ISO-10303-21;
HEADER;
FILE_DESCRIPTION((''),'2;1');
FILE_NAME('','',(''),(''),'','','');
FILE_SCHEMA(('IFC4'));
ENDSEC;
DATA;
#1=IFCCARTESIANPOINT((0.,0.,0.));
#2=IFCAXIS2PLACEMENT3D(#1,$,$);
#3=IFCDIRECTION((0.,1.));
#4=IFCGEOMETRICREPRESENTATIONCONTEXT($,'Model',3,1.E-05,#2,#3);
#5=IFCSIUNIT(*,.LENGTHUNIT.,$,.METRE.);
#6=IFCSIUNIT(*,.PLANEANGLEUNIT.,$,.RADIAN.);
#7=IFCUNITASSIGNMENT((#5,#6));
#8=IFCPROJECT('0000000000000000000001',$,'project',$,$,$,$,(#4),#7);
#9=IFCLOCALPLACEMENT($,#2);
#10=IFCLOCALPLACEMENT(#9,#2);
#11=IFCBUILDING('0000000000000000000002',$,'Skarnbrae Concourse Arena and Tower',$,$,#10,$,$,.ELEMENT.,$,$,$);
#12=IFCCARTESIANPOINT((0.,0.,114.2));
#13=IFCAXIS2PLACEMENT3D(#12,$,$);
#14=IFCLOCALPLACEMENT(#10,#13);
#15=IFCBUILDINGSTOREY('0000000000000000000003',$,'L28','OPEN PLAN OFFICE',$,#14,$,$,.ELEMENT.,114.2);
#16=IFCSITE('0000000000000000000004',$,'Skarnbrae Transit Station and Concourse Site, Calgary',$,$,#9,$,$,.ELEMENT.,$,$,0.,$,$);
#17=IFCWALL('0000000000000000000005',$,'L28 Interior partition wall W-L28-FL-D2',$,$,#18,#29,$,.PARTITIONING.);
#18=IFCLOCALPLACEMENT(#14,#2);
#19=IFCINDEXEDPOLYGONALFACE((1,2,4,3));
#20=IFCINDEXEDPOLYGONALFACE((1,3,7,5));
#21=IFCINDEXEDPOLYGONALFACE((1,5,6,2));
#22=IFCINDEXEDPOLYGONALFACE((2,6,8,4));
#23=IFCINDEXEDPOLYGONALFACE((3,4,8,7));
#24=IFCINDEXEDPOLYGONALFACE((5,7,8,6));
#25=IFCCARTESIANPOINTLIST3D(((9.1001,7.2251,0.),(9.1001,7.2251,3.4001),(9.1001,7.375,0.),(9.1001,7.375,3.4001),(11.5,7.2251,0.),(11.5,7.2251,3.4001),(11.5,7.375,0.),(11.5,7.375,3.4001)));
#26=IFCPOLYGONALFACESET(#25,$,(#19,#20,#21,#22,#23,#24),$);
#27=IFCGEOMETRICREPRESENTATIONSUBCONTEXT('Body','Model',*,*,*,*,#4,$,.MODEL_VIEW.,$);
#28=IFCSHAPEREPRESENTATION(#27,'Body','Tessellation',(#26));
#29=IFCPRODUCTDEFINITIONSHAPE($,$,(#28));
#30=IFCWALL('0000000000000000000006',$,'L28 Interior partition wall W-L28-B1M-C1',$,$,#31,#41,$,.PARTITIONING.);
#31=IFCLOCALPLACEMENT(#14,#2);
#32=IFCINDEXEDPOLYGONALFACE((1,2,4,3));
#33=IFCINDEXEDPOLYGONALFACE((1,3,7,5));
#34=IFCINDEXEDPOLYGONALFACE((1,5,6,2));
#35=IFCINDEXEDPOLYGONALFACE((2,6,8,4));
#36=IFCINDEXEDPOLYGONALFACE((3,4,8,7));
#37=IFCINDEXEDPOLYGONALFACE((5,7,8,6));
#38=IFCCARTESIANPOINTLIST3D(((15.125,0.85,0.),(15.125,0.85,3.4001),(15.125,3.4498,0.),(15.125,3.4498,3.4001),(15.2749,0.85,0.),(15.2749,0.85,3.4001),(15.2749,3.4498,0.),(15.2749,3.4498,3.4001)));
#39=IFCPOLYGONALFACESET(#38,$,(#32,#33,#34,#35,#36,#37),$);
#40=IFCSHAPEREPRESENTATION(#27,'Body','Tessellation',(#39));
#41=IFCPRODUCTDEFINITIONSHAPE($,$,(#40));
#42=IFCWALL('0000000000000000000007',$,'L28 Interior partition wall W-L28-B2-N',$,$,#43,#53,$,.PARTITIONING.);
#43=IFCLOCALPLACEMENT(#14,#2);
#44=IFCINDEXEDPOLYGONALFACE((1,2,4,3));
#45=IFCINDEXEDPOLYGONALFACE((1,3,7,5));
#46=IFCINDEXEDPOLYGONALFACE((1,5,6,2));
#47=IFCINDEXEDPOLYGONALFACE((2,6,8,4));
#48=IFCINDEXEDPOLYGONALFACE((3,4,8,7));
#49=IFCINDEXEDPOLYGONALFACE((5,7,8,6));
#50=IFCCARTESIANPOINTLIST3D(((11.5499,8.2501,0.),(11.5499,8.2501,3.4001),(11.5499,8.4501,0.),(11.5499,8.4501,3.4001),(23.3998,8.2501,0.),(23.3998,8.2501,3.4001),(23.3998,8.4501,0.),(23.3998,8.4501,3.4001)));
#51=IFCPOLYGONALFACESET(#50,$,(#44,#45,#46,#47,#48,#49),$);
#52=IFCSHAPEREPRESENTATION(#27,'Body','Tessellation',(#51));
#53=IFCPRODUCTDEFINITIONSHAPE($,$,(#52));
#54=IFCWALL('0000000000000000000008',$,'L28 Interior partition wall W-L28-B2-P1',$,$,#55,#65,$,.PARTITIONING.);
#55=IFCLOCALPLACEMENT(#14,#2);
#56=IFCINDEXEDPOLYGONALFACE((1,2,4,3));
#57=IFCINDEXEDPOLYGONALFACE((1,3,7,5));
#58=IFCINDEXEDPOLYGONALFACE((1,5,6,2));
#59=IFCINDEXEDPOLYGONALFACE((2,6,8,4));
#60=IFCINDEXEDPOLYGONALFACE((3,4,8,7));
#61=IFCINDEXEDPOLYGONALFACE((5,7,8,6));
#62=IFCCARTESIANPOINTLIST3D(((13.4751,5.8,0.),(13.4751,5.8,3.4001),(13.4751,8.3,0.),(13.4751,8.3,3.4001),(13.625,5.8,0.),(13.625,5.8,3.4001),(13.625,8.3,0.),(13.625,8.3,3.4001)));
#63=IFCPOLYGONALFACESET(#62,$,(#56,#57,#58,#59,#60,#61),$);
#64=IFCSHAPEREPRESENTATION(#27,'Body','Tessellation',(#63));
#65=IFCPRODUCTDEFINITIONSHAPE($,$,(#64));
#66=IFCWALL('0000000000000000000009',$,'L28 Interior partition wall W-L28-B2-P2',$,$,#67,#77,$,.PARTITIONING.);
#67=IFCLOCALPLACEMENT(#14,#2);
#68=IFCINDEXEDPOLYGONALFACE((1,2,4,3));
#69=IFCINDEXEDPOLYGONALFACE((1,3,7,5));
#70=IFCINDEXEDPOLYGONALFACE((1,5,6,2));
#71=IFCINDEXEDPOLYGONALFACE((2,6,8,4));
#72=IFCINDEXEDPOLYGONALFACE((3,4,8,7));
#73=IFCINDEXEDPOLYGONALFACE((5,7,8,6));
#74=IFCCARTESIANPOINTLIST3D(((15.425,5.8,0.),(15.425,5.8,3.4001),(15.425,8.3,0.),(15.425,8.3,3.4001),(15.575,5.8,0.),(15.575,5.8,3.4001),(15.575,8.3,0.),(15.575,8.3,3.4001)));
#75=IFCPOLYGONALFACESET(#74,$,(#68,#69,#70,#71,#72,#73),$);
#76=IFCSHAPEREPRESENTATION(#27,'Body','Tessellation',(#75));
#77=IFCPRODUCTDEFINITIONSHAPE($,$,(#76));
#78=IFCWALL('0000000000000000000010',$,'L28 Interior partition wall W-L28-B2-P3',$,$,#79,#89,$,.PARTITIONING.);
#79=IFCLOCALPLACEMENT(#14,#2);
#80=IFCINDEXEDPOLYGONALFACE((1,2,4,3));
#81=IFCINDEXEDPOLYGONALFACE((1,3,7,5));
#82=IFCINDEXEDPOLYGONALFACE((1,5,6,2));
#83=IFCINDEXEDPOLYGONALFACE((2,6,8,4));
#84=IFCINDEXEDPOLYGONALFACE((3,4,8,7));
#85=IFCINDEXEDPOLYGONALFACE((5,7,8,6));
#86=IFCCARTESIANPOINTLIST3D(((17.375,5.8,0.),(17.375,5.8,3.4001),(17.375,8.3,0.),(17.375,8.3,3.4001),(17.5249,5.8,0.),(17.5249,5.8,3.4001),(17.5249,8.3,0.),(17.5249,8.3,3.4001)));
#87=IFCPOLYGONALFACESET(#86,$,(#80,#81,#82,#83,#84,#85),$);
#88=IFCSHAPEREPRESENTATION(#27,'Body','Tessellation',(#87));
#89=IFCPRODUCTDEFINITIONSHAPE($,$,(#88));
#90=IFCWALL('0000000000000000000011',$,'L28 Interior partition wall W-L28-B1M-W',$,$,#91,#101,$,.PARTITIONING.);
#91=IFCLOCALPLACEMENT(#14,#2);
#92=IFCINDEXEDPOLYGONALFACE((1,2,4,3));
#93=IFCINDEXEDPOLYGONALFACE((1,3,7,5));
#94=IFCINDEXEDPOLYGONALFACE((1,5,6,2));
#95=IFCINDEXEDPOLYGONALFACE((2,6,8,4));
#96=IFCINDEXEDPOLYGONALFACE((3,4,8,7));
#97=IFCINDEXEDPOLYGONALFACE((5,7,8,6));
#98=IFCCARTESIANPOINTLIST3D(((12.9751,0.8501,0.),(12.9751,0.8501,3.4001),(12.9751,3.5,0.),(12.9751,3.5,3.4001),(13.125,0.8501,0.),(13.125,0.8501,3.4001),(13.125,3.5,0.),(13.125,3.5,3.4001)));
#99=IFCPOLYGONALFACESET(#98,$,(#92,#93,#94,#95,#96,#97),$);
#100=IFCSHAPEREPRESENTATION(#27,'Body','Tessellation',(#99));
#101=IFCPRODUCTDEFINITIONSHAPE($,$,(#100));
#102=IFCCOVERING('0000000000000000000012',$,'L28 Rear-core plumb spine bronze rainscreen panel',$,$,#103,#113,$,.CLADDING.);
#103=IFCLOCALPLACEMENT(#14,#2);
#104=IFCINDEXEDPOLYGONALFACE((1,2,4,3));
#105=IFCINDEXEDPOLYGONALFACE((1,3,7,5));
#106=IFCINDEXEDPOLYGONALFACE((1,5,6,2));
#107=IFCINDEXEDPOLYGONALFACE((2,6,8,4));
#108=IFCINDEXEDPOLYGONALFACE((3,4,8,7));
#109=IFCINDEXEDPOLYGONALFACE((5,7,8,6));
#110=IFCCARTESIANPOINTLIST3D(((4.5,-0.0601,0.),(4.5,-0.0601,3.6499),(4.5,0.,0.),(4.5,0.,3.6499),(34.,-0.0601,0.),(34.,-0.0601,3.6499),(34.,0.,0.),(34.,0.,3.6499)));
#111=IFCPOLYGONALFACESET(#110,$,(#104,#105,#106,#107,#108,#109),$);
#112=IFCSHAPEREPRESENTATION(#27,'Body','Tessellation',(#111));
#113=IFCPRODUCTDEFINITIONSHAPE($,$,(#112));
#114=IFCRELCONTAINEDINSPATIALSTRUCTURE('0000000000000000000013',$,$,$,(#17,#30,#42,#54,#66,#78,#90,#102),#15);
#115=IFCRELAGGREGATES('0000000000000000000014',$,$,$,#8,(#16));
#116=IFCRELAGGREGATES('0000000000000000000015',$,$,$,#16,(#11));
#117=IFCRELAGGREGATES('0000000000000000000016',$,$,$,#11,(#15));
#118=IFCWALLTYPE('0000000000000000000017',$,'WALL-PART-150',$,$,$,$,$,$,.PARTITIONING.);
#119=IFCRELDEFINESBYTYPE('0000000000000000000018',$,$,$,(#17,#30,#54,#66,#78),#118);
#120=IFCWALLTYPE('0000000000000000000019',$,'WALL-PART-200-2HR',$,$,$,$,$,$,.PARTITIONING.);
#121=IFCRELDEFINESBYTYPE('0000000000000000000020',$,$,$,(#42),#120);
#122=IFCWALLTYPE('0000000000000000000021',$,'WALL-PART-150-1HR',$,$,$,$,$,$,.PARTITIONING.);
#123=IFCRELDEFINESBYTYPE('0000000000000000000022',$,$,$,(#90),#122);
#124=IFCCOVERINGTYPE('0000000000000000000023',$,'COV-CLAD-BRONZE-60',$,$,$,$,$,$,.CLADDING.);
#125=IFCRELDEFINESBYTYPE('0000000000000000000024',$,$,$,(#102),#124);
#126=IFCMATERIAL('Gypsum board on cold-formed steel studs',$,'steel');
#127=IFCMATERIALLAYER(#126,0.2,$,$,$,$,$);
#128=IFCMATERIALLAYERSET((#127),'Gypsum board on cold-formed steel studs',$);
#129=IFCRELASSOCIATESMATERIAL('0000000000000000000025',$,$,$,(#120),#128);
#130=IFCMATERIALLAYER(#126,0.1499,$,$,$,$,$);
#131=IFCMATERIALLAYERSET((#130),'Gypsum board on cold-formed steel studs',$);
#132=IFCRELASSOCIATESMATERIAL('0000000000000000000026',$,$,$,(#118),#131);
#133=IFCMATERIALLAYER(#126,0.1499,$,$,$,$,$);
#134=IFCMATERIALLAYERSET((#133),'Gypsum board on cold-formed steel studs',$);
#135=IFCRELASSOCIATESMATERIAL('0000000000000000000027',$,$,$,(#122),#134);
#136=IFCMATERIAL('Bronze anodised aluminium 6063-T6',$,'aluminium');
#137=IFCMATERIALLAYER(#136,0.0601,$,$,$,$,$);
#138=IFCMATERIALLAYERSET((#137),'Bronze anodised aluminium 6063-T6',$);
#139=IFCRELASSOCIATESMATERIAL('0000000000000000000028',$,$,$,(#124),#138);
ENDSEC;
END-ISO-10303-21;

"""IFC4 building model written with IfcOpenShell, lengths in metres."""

from ifc_helpers import new_model, si_unit, direction, frame, frame_2d, origin, origin_2d, place, context, subcontext, project, spatial, rectangle, extrude, source, transform, mapped, material, layer, layer_set, type_object, element, save


model = new_model("IFC4")

# Units and contexts
model_context = context("Model", 3, precision=1e-05, world=origin(), true_north=direction((0.0, 1.0)))
body_context = subcontext(model_context, "Body", "Model", "MODEL_VIEW")
ifc_project = project(units=[si_unit("LENGTHUNIT", "METRE"), si_unit("PLANEANGLEUNIT", "RADIAN")], contexts=[model_context])

# Site, building, storey
site_placement = place(None, origin())
site = spatial("IfcSite", under=ifc_project, at=site_placement, Name="Skarnbrae Transit Station and Concourse Site, Calgary", CompositionType="ELEMENT", RefElevation=0.0)
building_placement = place(site_placement, origin())
building = spatial("IfcBuilding", under=site, at=building_placement, Name="Skarnbrae Concourse Arena and Tower", CompositionType="ELEMENT")
storey_placement = place(building_placement, frame((0.0, 0.0, 114.2)))
storey = spatial("IfcBuildingStorey", under=building, at=storey_placement, Name="L28", Description="OPEN PLAN OFFICE", CompositionType="ELEMENT", Elevation=114.2)

# Shared definitions
ifc_material_1 = material(Name="Gypsum board on cold-formed steel studs", Category="steel")
ifc_layer_1 = layer(ifc_material_1, 0.2)
ifc_layer_set_1 = layer_set([ifc_layer_1], Name="Gypsum board on cold-formed steel studs")
wall_type_1 = type_object("IfcWallType", Name="WALL-PART-200-2HR", PredefinedType="PARTITIONING", material=ifc_layer_set_1)

# Walls
ifc_layer_2 = layer(ifc_material_1, 0.1499)
ifc_layer_set_2 = layer_set([ifc_layer_2], Name="Gypsum board on cold-formed steel studs")
wall_type_2 = type_object("IfcWallType", Name="WALL-PART-150", PredefinedType="PARTITIONING", material=ifc_layer_set_2)
shared_shape_1 = source(origin(), body_context, "Body", "SweptSolid", [
    extrude(rectangle(XDim=2.3999, YDim=0.1499, at=frame_2d((1.2, 0.0))), origin(), (0.0, 0.0, 1.0), 3.4001),
])
wall_1_placement = place(storey_placement, frame((9.1001, 7.3, 0.0), z_axis=(0.0, 0.0, 1.0), x_axis=(1.0, 0.0, 0.0)))
element("IfcWall", 1, at=wall_1_placement, inside=storey, type_object=wall_type_2, Name="L28 Interior partition wall W-L28-FL-D2", PredefinedType="PARTITIONING", context=body_context, shape_type="MappedRepresentation", body=[
    mapped(shared_shape_1, transform((0.0, 0.0, 0.0))),
])
shared_shape_2 = source(origin(), body_context, "Body", "SweptSolid", [
    extrude(rectangle(XDim=2.5999, YDim=0.1499, at=frame_2d((1.2998, 0.0))), origin(), (0.0, 0.0, 1.0), 3.4001),
])
wall_2_placement = place(storey_placement, frame((15.2, 0.8501, 0.0), z_axis=(0.0, 0.0, 1.0), x_axis=(0.0, 1.0, 0.0)))
element("IfcWall", 2, at=wall_2_placement, inside=storey, type_object=wall_type_2, Name="L28 Interior partition wall W-L28-B1M-C1", PredefinedType="PARTITIONING", context=body_context, shape_type="MappedRepresentation", body=[
    mapped(shared_shape_2, transform((0.0, 0.0, 0.0))),
])

# Shared definitions
shared_shape_3 = source(origin(), body_context, "Body", "SweptSolid", [
    extrude(rectangle(XDim=11.8499, YDim=0.2, at=frame_2d((5.9248, 0.0))), origin(), (0.0, 0.0, 1.0), 3.4001),
])
ifc_material_2 = material(Name="Bronze anodised aluminium 6063-T6", Category="aluminium")

# Walls
wall_3_placement = place(storey_placement, frame((11.55, 8.3501, 0.0), z_axis=(0.0, 0.0, 1.0), x_axis=(1.0, 0.0, 0.0)))
element("IfcWall", 3, at=wall_3_placement, inside=storey, type_object=wall_type_1, Name="L28 Interior partition wall W-L28-B2-N", PredefinedType="PARTITIONING", context=body_context, shape_type="MappedRepresentation", body=[
    mapped(shared_shape_3, transform((0.0, 0.0, 0.0))),
])
shared_shape_4 = source(origin(), body_context, "Body", "SweptSolid", [
    extrude(rectangle(XDim=2.5, YDim=0.1499, at=frame_2d((1.25, 0.0))), origin(), (0.0, 0.0, 1.0), 3.4001),
])
for number, where, z_axis, x_axis, name in (
    (4, (13.55, 5.8, 0.0), (0.0, 0.0, 1.0), (0.0, 1.0, 0.0), "L28 Interior partition wall W-L28-B2-P1"),
    (5, (15.5, 5.8, 0.0), (0.0, 0.0, 1.0), (0.0, 1.0, 0.0), "L28 Interior partition wall W-L28-B2-P2"),
    (6, (17.45, 5.8, 0.0), (0.0, 0.0, 1.0), (0.0, 1.0, 0.0), "L28 Interior partition wall W-L28-B2-P3"),
):
    element("IfcWall", number, at=place(storey_placement, frame(where, z_axis=z_axis, x_axis=x_axis)), inside=storey, type_object=wall_type_2, Name=name, PredefinedType="PARTITIONING", context=body_context, shape_type="MappedRepresentation", body=[
        mapped(shared_shape_4, transform((0.0, 0.0, 0.0))),
    ])
ifc_layer_3 = layer(ifc_material_1, 0.1499)
ifc_layer_set_3 = layer_set([ifc_layer_3], Name="Gypsum board on cold-formed steel studs")
wall_type_3 = type_object("IfcWallType", Name="WALL-PART-150-1HR", PredefinedType="PARTITIONING", material=ifc_layer_set_3)
shared_shape_5 = source(origin(), body_context, "Body", "SweptSolid", [
    extrude(rectangle(XDim=2.6499, YDim=0.1499, at=frame_2d((1.325, 0.0))), origin(), (0.0, 0.0, 1.0), 3.4001),
])
wall_4_placement = place(storey_placement, frame((13.05, 0.8501, 0.0), z_axis=(0.0, 0.0, 1.0), x_axis=(0.0, 1.0, 0.0)))
element("IfcWall", 7, at=wall_4_placement, inside=storey, type_object=wall_type_3, Name="L28 Interior partition wall W-L28-B1M-W", PredefinedType="PARTITIONING", context=body_context, shape_type="MappedRepresentation", body=[
    mapped(shared_shape_5, transform((0.0, 0.0, 0.0))),
])

# Covering
ifc_layer_4 = layer(ifc_material_2, 0.0601)
ifc_layer_set_4 = layer_set([ifc_layer_4], Name="Bronze anodised aluminium 6063-T6")
covering_type = type_object("IfcCoveringType", Name="COV-CLAD-BRONZE-60", PredefinedType="CLADDING", material=ifc_layer_set_4)
shared_shape_6 = source(origin(), body_context, "Body", "SweptSolid", [
    extrude(rectangle(XDim=29.5, YDim=0.0601, at=origin_2d()), origin(), (0.0, 0.0, 1.0), 3.6499),
])
covering_placement = place(storey_placement, frame((19.25, -0.03, 0.0), z_axis=(0.0, 0.0, 1.0), x_axis=(1.0, 0.0, 0.0)))
element("IfcCovering", 8, at=covering_placement, inside=storey, type_object=covering_type, Name="L28 Rear-core plumb spine bronze rainscreen panel", PredefinedType="CLADDING", context=body_context, shape_type="MappedRepresentation", body=[
    mapped(shared_shape_6, transform((0.0, 0.0, 0.0))),
])

save(model, "model.ifc")
